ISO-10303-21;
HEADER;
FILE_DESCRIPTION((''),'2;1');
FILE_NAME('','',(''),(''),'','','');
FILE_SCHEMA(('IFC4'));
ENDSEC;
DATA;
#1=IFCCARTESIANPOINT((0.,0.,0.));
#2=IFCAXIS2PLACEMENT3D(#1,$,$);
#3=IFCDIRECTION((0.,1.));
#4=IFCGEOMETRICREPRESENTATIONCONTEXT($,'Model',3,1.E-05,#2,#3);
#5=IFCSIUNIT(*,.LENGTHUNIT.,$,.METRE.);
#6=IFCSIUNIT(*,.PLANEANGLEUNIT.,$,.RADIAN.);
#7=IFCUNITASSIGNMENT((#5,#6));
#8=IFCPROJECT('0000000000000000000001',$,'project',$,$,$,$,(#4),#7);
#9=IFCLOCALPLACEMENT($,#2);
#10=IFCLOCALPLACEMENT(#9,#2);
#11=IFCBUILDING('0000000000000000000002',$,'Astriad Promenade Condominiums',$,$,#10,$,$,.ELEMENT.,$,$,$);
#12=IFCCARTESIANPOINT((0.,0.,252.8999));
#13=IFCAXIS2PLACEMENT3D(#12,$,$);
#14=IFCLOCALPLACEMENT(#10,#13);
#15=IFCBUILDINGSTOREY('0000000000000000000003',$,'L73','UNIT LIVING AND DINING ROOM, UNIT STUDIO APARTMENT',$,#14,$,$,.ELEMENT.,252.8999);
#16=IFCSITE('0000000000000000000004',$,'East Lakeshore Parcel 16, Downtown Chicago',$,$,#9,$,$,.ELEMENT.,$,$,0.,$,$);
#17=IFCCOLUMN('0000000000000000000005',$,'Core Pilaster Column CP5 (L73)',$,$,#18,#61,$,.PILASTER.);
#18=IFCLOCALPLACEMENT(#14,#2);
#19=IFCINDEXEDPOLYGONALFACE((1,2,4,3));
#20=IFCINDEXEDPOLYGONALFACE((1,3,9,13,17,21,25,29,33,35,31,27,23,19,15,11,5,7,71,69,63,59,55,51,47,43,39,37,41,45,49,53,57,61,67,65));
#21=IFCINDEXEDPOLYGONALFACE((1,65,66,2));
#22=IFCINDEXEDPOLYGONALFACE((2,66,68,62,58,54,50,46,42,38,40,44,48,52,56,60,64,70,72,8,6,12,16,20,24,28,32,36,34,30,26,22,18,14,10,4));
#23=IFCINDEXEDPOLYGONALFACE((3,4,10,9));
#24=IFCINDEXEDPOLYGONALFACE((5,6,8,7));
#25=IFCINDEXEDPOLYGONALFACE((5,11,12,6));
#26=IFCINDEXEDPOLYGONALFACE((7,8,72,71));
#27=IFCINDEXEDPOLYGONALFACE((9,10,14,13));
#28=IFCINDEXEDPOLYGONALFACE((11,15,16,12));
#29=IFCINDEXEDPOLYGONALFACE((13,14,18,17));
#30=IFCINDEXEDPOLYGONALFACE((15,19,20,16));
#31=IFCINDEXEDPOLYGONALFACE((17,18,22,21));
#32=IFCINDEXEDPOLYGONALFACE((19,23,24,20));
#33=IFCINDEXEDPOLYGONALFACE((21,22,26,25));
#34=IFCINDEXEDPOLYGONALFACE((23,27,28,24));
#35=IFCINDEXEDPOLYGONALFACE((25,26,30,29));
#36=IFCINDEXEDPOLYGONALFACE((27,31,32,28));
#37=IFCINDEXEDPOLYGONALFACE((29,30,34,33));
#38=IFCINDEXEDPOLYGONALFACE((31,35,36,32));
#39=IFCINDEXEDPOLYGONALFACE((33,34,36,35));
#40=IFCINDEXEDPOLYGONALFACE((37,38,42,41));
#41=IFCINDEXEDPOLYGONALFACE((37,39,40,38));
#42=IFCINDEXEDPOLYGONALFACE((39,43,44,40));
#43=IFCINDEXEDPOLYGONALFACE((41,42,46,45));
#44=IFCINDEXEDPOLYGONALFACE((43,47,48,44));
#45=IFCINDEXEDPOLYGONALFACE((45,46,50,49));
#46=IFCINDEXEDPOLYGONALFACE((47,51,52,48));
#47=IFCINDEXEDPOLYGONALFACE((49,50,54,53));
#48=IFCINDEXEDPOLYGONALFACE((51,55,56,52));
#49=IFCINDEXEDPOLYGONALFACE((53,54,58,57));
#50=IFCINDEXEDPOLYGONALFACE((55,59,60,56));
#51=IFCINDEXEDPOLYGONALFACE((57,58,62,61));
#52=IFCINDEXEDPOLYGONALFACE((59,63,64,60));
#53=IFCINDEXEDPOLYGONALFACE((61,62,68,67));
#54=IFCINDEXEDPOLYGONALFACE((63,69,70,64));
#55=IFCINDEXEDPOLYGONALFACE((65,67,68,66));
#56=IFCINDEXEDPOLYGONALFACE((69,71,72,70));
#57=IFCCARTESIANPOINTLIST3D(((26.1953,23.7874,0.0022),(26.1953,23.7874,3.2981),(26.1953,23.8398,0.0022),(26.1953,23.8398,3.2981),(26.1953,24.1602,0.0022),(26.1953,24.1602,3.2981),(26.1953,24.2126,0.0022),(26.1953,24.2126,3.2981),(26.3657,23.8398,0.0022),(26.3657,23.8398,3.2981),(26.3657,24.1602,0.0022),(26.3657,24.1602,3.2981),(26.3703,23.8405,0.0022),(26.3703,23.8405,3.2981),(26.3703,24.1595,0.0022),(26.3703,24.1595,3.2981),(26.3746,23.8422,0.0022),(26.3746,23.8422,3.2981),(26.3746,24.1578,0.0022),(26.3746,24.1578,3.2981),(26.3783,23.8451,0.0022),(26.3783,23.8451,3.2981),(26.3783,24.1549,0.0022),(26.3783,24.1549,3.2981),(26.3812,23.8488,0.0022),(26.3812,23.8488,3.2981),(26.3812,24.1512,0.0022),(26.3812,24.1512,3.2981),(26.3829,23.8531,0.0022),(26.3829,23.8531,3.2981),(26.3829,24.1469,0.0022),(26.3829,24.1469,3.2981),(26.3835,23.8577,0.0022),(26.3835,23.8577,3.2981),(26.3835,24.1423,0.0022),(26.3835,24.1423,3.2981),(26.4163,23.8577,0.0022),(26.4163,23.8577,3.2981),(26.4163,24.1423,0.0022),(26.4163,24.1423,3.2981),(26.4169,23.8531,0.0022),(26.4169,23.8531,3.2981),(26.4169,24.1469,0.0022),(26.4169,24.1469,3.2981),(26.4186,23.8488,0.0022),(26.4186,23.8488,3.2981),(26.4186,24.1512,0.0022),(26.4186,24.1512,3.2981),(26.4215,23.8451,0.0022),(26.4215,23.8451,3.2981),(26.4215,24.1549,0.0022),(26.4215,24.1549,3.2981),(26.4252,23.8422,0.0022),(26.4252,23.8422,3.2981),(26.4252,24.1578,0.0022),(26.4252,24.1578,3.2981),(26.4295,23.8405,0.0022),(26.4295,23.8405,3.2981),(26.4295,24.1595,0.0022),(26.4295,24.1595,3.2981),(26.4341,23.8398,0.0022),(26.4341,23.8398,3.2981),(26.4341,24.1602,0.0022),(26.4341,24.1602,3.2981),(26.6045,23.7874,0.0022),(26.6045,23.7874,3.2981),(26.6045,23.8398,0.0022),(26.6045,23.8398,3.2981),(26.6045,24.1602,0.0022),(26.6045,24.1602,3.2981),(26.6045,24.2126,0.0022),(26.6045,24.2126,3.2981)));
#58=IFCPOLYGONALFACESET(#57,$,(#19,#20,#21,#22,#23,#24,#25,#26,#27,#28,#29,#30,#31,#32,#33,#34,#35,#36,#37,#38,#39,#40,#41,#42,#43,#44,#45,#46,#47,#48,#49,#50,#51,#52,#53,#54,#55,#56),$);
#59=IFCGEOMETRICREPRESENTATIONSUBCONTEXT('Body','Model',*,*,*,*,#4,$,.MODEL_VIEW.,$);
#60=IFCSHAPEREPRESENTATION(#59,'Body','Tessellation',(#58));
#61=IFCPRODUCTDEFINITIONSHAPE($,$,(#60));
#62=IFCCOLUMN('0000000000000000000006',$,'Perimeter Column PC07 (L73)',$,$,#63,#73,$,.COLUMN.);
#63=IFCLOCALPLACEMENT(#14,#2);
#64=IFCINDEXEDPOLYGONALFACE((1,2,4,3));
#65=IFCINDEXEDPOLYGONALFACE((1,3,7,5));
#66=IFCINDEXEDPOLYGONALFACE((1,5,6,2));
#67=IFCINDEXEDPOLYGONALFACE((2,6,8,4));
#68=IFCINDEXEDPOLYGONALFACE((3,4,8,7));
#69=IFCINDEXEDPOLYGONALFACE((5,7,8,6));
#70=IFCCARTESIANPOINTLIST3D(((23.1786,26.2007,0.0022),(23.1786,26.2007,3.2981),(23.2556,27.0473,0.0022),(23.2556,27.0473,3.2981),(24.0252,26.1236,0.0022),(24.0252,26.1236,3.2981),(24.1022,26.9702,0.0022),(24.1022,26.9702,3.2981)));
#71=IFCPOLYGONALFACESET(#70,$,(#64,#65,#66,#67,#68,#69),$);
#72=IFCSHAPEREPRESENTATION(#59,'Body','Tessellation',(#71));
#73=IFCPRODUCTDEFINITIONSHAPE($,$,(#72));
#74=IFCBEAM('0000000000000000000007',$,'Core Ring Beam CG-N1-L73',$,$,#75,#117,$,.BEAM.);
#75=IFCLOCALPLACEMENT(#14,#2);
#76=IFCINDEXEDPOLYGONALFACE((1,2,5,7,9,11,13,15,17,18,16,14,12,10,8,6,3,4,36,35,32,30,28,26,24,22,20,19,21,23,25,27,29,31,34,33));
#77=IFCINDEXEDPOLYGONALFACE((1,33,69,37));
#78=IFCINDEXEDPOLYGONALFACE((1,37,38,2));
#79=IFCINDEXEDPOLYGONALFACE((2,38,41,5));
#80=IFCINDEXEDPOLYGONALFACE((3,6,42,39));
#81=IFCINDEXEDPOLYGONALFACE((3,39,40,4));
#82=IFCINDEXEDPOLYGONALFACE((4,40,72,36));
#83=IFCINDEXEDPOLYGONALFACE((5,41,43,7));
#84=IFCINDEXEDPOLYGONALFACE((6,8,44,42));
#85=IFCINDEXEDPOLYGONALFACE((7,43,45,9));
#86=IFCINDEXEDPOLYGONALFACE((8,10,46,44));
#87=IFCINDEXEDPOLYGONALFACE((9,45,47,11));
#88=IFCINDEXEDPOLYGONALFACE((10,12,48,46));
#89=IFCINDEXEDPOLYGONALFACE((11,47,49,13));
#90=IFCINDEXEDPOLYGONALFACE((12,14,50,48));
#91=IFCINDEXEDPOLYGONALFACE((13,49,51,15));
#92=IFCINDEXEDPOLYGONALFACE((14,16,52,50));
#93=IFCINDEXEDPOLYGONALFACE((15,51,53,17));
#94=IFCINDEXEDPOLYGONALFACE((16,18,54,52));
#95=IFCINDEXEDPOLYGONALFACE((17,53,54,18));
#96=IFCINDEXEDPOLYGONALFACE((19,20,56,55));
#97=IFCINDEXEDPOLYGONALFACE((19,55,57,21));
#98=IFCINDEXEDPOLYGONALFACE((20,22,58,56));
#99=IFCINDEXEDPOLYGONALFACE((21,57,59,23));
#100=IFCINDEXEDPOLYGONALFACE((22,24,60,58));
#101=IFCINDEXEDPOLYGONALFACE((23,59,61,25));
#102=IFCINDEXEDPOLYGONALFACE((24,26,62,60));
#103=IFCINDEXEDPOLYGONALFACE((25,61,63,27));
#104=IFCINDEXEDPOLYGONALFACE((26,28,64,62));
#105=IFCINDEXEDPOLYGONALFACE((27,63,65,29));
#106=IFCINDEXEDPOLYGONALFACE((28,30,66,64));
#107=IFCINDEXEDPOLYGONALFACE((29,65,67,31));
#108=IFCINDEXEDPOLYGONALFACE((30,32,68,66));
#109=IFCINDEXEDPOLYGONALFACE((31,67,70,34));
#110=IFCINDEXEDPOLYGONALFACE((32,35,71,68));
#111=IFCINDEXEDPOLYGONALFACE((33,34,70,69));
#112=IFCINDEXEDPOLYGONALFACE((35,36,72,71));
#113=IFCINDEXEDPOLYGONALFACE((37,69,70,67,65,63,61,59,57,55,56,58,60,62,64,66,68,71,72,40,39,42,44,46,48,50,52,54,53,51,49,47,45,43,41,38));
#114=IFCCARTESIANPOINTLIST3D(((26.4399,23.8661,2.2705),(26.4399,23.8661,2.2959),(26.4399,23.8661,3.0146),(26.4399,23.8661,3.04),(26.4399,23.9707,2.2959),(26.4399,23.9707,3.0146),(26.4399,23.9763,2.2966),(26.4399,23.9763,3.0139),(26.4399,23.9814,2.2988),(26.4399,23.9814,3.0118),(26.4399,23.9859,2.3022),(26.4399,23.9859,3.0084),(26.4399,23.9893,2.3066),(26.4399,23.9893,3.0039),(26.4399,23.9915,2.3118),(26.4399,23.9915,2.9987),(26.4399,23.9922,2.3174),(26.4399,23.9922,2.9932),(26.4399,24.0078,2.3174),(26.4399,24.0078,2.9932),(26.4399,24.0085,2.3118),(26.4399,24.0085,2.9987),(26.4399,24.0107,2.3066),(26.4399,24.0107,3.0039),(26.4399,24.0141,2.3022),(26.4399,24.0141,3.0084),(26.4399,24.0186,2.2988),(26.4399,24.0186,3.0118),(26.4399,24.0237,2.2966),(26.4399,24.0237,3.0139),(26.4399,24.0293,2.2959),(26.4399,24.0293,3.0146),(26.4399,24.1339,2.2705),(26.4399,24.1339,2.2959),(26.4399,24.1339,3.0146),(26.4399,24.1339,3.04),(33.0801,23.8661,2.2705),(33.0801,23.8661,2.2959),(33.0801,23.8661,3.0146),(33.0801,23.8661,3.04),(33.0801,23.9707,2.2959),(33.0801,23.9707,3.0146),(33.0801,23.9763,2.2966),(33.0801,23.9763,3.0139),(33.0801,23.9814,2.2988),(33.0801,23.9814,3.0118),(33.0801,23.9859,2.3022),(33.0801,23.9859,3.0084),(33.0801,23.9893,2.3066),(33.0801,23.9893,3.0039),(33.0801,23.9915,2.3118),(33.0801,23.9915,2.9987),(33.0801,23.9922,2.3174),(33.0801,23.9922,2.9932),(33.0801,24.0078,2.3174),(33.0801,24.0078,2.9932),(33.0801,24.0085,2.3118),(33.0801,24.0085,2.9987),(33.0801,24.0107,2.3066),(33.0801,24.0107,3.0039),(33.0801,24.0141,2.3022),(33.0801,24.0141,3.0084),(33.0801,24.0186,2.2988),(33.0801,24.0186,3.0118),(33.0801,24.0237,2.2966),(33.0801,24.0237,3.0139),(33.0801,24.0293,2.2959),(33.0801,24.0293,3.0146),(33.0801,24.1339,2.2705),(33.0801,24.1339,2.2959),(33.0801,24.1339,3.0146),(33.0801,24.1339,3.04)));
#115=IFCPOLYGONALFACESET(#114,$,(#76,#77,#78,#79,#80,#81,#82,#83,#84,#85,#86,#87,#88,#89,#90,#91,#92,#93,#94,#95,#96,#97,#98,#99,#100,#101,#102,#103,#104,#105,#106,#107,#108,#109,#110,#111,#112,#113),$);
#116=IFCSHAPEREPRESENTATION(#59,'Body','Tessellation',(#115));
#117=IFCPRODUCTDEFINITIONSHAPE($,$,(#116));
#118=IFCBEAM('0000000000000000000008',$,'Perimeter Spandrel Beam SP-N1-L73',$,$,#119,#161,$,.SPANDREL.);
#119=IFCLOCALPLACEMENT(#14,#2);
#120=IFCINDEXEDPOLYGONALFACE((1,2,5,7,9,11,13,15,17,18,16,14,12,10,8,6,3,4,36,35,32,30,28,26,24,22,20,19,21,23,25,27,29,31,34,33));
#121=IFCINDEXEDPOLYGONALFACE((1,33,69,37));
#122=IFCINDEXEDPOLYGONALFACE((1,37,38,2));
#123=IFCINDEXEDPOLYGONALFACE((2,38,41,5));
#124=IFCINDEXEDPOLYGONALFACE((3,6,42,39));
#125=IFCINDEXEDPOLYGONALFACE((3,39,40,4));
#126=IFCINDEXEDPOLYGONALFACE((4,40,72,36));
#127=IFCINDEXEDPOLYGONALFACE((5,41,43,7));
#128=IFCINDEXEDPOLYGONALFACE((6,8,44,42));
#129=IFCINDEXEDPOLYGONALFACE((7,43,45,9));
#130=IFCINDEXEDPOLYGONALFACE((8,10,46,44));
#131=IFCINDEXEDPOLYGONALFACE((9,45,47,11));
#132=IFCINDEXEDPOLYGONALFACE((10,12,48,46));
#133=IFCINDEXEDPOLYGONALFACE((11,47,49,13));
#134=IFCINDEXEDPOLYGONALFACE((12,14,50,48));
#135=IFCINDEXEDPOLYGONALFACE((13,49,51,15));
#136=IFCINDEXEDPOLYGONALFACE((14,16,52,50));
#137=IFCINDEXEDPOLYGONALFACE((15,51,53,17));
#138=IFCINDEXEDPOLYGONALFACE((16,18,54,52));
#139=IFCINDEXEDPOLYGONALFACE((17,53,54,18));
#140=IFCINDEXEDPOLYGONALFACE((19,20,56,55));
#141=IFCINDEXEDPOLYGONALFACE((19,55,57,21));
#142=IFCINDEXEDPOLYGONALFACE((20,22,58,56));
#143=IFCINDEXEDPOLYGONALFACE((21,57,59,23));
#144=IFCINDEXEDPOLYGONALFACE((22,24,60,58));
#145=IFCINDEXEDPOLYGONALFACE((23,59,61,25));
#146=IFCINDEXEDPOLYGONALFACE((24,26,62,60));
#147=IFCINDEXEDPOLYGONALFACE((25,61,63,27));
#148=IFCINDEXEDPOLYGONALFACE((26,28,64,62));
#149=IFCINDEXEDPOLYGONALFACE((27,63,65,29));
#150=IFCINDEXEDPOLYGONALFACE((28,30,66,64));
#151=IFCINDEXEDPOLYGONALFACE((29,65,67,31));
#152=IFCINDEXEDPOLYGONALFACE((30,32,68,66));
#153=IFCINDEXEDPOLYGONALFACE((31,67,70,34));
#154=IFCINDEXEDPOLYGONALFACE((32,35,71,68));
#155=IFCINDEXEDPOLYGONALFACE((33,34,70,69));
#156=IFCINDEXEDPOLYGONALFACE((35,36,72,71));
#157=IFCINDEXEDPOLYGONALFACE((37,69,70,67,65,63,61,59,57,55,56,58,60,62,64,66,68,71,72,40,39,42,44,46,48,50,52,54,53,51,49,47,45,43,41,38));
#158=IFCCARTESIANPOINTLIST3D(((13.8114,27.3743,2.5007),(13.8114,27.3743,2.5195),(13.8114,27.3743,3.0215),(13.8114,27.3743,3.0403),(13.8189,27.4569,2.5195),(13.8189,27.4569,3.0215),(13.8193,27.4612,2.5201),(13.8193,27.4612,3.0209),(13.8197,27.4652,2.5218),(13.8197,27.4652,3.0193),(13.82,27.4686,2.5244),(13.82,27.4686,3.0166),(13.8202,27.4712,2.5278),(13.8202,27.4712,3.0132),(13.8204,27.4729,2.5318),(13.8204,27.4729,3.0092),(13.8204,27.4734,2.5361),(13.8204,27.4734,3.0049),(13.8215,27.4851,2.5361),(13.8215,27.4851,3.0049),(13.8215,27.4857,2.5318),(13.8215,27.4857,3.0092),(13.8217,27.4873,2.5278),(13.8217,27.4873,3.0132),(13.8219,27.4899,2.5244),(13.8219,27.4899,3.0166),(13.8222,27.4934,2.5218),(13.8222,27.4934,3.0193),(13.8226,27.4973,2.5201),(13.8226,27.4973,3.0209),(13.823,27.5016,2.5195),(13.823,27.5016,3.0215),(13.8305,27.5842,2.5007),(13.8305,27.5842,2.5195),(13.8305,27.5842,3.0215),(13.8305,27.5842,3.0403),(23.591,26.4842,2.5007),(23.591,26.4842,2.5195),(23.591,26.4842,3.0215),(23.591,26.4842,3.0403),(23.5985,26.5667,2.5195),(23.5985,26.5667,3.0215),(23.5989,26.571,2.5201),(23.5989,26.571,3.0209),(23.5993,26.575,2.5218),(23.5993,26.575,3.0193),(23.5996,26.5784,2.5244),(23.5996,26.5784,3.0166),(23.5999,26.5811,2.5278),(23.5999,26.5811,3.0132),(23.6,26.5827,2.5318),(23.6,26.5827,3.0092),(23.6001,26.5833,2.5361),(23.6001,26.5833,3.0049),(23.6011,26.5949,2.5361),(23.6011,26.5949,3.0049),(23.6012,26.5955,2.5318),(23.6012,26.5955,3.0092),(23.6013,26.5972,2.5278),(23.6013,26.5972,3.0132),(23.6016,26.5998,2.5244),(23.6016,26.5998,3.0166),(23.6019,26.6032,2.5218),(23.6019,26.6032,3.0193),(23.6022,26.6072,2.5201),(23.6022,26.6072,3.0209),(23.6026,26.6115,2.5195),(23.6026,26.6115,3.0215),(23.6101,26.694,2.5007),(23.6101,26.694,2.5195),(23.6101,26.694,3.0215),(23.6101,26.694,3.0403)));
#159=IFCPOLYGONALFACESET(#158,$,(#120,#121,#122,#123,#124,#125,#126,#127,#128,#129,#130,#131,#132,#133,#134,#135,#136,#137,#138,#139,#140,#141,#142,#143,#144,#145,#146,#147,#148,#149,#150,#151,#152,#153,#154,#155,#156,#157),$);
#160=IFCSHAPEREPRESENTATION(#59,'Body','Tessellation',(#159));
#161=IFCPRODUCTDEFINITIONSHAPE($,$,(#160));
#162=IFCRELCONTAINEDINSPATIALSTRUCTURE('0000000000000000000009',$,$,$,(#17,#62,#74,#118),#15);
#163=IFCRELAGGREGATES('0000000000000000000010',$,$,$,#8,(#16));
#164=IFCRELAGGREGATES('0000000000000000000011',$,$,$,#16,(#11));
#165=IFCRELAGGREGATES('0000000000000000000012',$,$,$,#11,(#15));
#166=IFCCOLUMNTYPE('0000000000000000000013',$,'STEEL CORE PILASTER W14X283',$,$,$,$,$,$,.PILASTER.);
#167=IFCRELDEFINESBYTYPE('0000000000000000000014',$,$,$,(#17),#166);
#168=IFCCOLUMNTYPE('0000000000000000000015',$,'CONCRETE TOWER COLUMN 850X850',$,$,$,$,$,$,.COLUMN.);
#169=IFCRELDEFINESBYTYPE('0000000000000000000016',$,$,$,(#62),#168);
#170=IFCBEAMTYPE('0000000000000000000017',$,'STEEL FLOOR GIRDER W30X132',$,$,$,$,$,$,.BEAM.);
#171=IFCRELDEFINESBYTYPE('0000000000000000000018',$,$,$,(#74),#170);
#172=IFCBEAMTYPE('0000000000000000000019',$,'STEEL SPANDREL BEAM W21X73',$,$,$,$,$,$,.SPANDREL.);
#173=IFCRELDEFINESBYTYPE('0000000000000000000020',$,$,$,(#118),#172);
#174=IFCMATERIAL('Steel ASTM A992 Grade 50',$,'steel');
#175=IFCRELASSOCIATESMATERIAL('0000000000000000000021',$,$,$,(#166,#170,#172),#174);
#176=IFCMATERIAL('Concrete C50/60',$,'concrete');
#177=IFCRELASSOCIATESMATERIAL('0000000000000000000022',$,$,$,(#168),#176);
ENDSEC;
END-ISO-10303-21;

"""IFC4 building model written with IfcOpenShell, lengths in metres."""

from ifc_helpers import new_model, si_unit, direction, frame, origin, origin_2d, place, context, subcontext, project, spatial, rectangle, i_section, extrude, source, transform, mapped, material, material_profile, profile_set, type_object, type_shapes, element, save


model = new_model("IFC4")

# Units and contexts
model_context = context("Model", 3, precision=1e-05, world=origin(), true_north=direction((0.0, 1.0)))
body_context = subcontext(model_context, "Body", "Model", "MODEL_VIEW")
ifc_project = project(units=[si_unit("LENGTHUNIT", "METRE"), si_unit("PLANEANGLEUNIT", "RADIAN")], contexts=[model_context])

# Site, building, storey
site_placement = place(None, origin())
site = spatial("IfcSite", under=ifc_project, at=site_placement, Name="East Lakeshore Parcel 16, Downtown Chicago", CompositionType="ELEMENT", RefElevation=0.0)
building_placement = place(site_placement, origin())
building = spatial("IfcBuilding", under=site, at=building_placement, Name="Astriad Promenade Condominiums", CompositionType="ELEMENT")
storey_placement = place(building_placement, frame((0.0, 0.0, 252.8999)))
storey = spatial("IfcBuildingStorey", under=building, at=storey_placement, Name="L73", Description="UNIT LIVING AND DINING ROOM, UNIT STUDIO APARTMENT", CompositionType="ELEMENT", Elevation=252.8999)

# Columns
ifc_material_1 = material(Name="Steel ASTM A992 Grade 50", Category="steel")
ifc_material_profile_1 = material_profile(ifc_material_1, i_section(OverallWidth=0.4092, OverallDepth=0.4253, WebThickness=0.0327, FlangeThickness=0.0525, FilletRadius=0.0178, at=origin_2d()), Name="W14X283")
ifc_profile_set_1 = profile_set([ifc_material_profile_1], Name="Steel ASTM A992 Grade 50")
column_type_1 = type_object("IfcColumnType", Name="STEEL CORE PILASTER W14X283", PredefinedType="PILASTER", material=ifc_profile_set_1)
shared_shape_1 = source(origin(), body_context, "Body", "SweptSolid", [
    extrude(i_section(OverallWidth=0.4092, OverallDepth=0.4253, WebThickness=0.0327, FlangeThickness=0.0525, FilletRadius=0.0178, at=origin_2d()), origin(), (0.0, 0.0, 1.0), 3.2959),
])
type_shapes(column_type_1, [shared_shape_1])
column_1_placement = place(storey_placement, frame((26.3999, 24.0, 0.0022), z_axis=(0.0, 0.0, 1.0), x_axis=(1.0, 0.0, 0.0)))
element("IfcColumn", 1, at=column_1_placement, inside=storey, type_object=column_type_1, Name="Core Pilaster Column CP5 (L73)", PredefinedType="PILASTER", context=body_context, shape_type="MappedRepresentation", body=[
    mapped(shared_shape_1, transform((0.0, 0.0, 0.0), scale=1.0)),
])
ifc_material_2 = material(Name="Concrete C50/60", Category="concrete")
ifc_material_profile_2 = material_profile(ifc_material_2, rectangle(XDim=0.8501, YDim=0.8501, at=origin_2d()), Name="RC-COL-850X850")
ifc_profile_set_2 = profile_set([ifc_material_profile_2], Name="Concrete C50/60")
column_type_2 = type_object("IfcColumnType", Name="CONCRETE TOWER COLUMN 850X850", PredefinedType="COLUMN", material=ifc_profile_set_2)
shared_shape_2 = source(origin(), body_context, "Body", "SweptSolid", [
    extrude(rectangle(XDim=0.8501, YDim=0.8501, at=origin_2d()), origin(), (0.0, 0.0, 1.0), 3.2959),
])
type_shapes(column_type_2, [shared_shape_2])
column_2_placement = place(storey_placement, frame((23.6404, 26.5854, 0.0022), z_axis=(0.0, 0.0, 1.0), x_axis=(0.995884, -0.090633, 0.0)))
element("IfcColumn", 2, at=column_2_placement, inside=storey, type_object=column_type_2, Name="Perimeter Column PC07 (L73)", PredefinedType="COLUMN", context=body_context, shape_type="MappedRepresentation", body=[
    mapped(shared_shape_2, transform((0.0, 0.0, 0.0), scale=1.0)),
])

# Beams
ifc_material_profile_3 = material_profile(ifc_material_1, i_section(OverallWidth=0.2678, OverallDepth=0.7695, WebThickness=0.0156, FlangeThickness=0.0254, FilletRadius=0.0215, at=origin_2d()), Name="W30X132")
ifc_profile_set_3 = profile_set([ifc_material_profile_3], Name="Steel ASTM A992 Grade 50")
beam_type_1 = type_object("IfcBeamType", Name="STEEL FLOOR GIRDER W30X132", PredefinedType="BEAM", material=ifc_profile_set_3)
shared_shape_3 = source(origin(), body_context, "Body", "SweptSolid", [
    extrude(i_section(OverallWidth=0.2678, OverallDepth=0.7695, WebThickness=0.0156, FlangeThickness=0.0254, FilletRadius=0.0215, at=origin_2d()), origin(), (0.0, 0.0, 1.0), 6.6401),
])
type_shapes(beam_type_1, [shared_shape_3])
beam_1_placement = place(storey_placement, frame((26.4399, 24.0, 2.6553), z_axis=(1.0, 0.0, 0.0), x_axis=(0.0, 1.0, 0.0)))
element("IfcBeam", 3, at=beam_1_placement, inside=storey, type_object=beam_type_1, Name="Core Ring Beam CG-N1-L73", PredefinedType="BEAM", context=body_context, shape_type="MappedRepresentation", body=[
    mapped(shared_shape_3, transform((0.0, 0.0, 0.0), scale=1.0)),
])
ifc_material_profile_4 = material_profile(ifc_material_1, i_section(OverallWidth=0.2107, OverallDepth=0.5396, WebThickness=0.0117, FlangeThickness=0.0188, FilletRadius=0.0166, at=origin_2d()), Name="W21X73")
ifc_profile_set_4 = profile_set([ifc_material_profile_4], Name="Steel ASTM A992 Grade 50")
beam_type_2 = type_object("IfcBeamType", Name="STEEL SPANDREL BEAM W21X73", PredefinedType="SPANDREL", material=ifc_profile_set_4)
shared_shape_4 = source(origin(), body_context, "Body", "SweptSolid", [
    extrude(i_section(OverallWidth=0.2107, OverallDepth=0.5396, WebThickness=0.0117, FlangeThickness=0.0188, FilletRadius=0.0166, at=origin_2d()), origin(), (0.0, 0.0, 1.0), 9.8201),
])
type_shapes(beam_type_2, [shared_shape_4])
beam_2_placement = place(storey_placement, frame((23.6006, 26.5891, 2.7705), z_axis=(-0.995883, 0.090646, 0.0), x_axis=(-0.090646, -0.995883, 0.0)))
element("IfcBeam", 4, at=beam_2_placement, inside=storey, type_object=beam_type_2, Name="Perimeter Spandrel Beam SP-N1-L73", PredefinedType="SPANDREL", context=body_context, shape_type="MappedRepresentation", body=[
    mapped(shared_shape_4, transform((0.0, 0.0, 0.0), scale=1.0)),
])

save(model, "model.ifc")
